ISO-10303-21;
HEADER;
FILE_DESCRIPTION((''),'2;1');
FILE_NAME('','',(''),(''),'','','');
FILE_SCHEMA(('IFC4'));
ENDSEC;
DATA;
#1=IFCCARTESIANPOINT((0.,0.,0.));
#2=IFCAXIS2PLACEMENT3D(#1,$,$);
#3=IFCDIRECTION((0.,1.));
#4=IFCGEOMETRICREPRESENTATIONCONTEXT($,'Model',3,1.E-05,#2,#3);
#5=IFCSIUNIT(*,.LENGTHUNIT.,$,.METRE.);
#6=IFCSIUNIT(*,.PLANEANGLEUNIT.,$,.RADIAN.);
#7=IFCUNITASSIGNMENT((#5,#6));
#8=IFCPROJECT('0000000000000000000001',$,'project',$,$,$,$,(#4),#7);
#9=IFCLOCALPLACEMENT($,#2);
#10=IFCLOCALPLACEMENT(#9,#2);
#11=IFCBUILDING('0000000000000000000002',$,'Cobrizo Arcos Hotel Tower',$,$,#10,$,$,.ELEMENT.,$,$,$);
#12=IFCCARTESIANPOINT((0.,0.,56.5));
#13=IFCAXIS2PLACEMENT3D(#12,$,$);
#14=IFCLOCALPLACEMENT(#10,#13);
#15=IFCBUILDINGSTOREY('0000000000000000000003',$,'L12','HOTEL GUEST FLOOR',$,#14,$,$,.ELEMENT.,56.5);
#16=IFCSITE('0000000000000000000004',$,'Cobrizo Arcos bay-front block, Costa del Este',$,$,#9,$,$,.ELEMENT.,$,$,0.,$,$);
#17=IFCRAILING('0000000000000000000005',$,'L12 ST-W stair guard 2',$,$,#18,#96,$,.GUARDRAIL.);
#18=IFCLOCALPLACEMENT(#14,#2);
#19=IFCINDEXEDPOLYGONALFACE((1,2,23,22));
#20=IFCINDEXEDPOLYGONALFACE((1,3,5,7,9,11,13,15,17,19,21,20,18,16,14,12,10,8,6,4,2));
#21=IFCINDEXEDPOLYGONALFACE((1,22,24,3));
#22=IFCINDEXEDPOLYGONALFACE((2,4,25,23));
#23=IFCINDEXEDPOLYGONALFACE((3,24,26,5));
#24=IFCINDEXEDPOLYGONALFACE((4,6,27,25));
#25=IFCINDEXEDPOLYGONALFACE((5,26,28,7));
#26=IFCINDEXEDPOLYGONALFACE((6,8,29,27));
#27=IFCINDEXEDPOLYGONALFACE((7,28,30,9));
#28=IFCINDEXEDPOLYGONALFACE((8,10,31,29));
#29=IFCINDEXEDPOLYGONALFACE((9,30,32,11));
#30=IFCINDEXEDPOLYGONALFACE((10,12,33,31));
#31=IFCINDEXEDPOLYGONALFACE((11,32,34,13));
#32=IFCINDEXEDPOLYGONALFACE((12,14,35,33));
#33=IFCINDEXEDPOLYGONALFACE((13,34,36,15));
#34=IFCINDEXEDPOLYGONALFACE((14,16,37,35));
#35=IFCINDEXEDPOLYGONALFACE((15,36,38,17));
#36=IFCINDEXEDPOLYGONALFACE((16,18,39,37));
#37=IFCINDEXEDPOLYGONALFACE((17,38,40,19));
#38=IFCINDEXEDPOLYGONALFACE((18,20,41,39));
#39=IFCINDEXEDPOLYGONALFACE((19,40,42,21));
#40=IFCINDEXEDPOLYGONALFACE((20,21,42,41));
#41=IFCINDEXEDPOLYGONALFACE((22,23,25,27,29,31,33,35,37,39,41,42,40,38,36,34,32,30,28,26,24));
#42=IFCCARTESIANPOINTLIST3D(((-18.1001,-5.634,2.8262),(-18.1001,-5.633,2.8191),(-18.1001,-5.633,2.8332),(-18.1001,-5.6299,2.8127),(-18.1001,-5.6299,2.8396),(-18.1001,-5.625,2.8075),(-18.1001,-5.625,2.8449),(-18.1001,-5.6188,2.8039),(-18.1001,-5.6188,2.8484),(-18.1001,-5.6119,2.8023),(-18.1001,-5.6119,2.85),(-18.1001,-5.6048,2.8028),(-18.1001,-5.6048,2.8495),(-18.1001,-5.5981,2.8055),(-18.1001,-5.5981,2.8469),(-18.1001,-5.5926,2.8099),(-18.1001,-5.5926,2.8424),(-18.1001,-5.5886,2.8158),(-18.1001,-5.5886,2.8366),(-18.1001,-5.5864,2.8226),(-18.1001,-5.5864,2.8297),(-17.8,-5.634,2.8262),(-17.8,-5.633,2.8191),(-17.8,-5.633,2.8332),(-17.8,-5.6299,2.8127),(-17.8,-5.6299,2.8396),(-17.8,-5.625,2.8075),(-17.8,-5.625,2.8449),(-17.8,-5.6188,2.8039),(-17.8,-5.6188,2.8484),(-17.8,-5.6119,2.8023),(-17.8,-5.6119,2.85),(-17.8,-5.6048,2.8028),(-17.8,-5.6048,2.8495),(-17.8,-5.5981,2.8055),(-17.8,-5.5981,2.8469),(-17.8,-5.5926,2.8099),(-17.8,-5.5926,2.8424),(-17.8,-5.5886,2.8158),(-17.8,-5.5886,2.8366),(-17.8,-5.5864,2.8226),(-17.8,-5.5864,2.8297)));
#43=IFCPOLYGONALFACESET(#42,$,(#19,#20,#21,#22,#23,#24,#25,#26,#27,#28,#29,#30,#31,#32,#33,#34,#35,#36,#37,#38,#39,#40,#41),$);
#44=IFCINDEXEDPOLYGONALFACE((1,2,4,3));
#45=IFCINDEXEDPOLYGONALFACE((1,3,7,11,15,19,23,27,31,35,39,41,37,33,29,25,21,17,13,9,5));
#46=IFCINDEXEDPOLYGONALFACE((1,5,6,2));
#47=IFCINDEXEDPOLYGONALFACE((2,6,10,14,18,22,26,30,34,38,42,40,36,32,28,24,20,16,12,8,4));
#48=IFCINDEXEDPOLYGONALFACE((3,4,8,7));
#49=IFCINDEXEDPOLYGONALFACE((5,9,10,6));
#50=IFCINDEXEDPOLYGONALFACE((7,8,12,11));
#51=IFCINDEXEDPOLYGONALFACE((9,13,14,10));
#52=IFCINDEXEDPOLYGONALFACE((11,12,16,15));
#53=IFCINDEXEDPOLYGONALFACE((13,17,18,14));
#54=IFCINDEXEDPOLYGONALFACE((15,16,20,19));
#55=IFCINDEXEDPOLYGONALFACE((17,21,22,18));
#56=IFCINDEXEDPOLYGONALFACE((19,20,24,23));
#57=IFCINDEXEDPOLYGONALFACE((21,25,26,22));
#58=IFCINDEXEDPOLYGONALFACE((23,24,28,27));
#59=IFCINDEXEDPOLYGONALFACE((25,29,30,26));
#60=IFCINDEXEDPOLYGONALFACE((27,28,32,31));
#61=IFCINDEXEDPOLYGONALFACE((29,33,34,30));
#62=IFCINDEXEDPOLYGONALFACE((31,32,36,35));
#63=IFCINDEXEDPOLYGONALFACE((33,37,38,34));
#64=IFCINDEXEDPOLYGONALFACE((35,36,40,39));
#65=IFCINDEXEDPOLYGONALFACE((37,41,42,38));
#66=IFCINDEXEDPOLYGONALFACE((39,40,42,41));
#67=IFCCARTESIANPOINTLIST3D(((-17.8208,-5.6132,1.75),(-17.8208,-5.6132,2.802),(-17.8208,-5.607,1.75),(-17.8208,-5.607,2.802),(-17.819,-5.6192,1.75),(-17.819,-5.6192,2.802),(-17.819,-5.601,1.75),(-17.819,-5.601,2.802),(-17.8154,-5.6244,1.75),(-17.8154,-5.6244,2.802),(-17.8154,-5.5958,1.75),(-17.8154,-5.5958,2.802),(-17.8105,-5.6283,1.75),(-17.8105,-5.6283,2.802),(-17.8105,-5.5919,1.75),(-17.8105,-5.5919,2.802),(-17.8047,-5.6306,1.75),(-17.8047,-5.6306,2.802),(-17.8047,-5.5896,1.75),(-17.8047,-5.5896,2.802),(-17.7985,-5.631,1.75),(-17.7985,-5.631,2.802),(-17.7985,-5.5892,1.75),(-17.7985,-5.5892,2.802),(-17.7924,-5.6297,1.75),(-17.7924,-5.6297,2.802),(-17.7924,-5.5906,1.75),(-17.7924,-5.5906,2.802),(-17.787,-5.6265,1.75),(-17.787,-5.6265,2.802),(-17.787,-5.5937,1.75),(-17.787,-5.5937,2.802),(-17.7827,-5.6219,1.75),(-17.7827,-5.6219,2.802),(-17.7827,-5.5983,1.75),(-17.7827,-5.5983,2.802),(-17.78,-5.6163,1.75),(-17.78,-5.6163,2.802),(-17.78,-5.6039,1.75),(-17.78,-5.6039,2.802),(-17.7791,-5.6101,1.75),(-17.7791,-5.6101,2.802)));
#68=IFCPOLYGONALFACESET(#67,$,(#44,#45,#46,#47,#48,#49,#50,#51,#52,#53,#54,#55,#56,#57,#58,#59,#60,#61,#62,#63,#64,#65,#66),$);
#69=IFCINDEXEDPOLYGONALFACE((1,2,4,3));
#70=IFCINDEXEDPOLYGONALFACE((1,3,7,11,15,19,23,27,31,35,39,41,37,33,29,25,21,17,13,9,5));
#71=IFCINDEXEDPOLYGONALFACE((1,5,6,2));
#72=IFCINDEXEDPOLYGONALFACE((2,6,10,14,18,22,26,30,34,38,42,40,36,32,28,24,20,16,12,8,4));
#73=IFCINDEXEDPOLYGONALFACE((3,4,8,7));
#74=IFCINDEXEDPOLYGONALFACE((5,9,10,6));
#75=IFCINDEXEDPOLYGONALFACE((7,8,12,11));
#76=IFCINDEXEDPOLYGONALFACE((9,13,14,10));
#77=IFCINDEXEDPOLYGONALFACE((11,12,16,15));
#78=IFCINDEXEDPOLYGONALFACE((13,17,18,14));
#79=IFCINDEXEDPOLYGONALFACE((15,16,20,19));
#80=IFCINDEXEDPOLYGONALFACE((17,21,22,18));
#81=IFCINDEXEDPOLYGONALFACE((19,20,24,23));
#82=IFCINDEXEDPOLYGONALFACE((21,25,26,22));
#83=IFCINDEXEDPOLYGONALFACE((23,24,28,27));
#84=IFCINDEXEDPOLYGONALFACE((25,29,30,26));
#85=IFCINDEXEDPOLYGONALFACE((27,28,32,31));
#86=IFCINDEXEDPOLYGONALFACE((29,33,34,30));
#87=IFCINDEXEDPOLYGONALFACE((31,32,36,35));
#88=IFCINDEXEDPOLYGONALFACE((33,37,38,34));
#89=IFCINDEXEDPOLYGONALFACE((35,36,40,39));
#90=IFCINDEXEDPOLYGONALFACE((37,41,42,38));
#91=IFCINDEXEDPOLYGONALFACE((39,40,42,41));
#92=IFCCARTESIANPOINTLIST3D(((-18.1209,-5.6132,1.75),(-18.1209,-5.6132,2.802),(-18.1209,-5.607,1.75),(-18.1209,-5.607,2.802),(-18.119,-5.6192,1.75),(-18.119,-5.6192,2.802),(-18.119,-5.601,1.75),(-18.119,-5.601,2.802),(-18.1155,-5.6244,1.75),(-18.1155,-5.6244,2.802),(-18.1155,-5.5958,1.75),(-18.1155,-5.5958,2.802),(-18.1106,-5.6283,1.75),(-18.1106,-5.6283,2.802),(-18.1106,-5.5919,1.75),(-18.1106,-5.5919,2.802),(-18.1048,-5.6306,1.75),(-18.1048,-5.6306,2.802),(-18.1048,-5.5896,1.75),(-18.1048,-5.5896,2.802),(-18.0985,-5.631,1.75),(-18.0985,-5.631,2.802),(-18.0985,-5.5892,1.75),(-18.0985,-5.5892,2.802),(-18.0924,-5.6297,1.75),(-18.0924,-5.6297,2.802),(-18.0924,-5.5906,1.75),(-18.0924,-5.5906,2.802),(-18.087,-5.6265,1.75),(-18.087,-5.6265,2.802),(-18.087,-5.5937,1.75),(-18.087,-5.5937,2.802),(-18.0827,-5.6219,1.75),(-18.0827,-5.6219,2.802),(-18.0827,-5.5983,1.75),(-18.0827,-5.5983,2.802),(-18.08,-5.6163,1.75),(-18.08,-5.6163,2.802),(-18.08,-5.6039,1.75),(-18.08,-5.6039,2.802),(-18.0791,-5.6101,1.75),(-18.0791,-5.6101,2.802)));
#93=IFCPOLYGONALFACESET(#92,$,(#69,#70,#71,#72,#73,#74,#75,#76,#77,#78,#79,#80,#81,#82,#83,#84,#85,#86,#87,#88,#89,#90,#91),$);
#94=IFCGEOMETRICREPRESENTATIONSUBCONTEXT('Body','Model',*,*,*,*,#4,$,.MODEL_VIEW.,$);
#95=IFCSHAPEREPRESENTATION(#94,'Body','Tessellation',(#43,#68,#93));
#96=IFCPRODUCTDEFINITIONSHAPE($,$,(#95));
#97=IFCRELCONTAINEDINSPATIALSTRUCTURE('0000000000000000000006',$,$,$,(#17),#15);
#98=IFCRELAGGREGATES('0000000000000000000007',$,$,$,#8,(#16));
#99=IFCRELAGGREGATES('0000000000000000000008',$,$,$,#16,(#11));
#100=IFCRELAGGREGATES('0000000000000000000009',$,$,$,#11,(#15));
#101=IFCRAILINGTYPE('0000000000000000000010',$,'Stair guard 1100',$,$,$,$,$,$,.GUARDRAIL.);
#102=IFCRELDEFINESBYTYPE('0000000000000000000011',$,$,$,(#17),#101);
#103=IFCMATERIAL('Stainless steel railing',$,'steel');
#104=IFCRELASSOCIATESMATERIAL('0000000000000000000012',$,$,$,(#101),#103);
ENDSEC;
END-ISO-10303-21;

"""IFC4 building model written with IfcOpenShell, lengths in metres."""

from ifc_helpers import new_model, si_unit, direction, frame, origin, origin_2d, place, context, subcontext, project, spatial, circle, extrude, material, type_object, element, save


model = new_model("IFC4")

# Units and contexts
model_context = context("Model", 3, precision=1e-05, world=origin(), true_north=direction((0.0, 1.0)))
body_context = subcontext(model_context, "Body", "Model", "MODEL_VIEW")
ifc_project = project(units=[si_unit("LENGTHUNIT", "METRE"), si_unit("PLANEANGLEUNIT", "RADIAN")], contexts=[model_context])

# Site, building, storey
site_placement = place(None, origin())
site = spatial("IfcSite", under=ifc_project, at=site_placement, Name="Cobrizo Arcos bay-front block, Costa del Este", CompositionType="ELEMENT", RefElevation=0.0)
building_placement = place(site_placement, origin())
building = spatial("IfcBuilding", under=site, at=building_placement, Name="Cobrizo Arcos Hotel Tower", CompositionType="ELEMENT")
storey_placement = place(building_placement, frame((0.0, 0.0, 56.5)))
storey = spatial("IfcBuildingStorey", under=building, at=storey_placement, Name="L12", Description="HOTEL GUEST FLOOR", CompositionType="ELEMENT", Elevation=56.5)

# Railing
ifc_material_1 = material(Name="Stainless steel railing", Category="steel")
railing_type_1 = type_object("IfcRailingType", Name="Stair guard 1100", PredefinedType="GUARDRAIL", material=ifc_material_1)
railing_1_placement = place(storey_placement, frame((-17.8, -5.6101, 1.75)))
element("IfcRailing", 1, at=railing_1_placement, inside=storey, type_object=railing_type_1, Name="L12 ST-W stair guard 2", PredefinedType="GUARDRAIL", context=body_context, shape_type="SweptSolid", body=[
    extrude(circle(Radius=0.0239, at=origin_2d()), frame((0.0, 0.0, 1.0762), z_axis=(-1.0, 0.0, 0.0), x_axis=(0.0, -1.0, 0.0)), (0.0, 0.0, 1.0), 0.3),
    extrude(circle(Radius=0.021, at=origin_2d()), origin(), (0.0, 0.0, 1.0), 1.052),
    extrude(circle(Radius=0.021, at=origin_2d()), frame((-0.3, 0.0, 0.0)), (0.0, 0.0, 1.0), 1.052),
])

save(model, "model.ifc")
